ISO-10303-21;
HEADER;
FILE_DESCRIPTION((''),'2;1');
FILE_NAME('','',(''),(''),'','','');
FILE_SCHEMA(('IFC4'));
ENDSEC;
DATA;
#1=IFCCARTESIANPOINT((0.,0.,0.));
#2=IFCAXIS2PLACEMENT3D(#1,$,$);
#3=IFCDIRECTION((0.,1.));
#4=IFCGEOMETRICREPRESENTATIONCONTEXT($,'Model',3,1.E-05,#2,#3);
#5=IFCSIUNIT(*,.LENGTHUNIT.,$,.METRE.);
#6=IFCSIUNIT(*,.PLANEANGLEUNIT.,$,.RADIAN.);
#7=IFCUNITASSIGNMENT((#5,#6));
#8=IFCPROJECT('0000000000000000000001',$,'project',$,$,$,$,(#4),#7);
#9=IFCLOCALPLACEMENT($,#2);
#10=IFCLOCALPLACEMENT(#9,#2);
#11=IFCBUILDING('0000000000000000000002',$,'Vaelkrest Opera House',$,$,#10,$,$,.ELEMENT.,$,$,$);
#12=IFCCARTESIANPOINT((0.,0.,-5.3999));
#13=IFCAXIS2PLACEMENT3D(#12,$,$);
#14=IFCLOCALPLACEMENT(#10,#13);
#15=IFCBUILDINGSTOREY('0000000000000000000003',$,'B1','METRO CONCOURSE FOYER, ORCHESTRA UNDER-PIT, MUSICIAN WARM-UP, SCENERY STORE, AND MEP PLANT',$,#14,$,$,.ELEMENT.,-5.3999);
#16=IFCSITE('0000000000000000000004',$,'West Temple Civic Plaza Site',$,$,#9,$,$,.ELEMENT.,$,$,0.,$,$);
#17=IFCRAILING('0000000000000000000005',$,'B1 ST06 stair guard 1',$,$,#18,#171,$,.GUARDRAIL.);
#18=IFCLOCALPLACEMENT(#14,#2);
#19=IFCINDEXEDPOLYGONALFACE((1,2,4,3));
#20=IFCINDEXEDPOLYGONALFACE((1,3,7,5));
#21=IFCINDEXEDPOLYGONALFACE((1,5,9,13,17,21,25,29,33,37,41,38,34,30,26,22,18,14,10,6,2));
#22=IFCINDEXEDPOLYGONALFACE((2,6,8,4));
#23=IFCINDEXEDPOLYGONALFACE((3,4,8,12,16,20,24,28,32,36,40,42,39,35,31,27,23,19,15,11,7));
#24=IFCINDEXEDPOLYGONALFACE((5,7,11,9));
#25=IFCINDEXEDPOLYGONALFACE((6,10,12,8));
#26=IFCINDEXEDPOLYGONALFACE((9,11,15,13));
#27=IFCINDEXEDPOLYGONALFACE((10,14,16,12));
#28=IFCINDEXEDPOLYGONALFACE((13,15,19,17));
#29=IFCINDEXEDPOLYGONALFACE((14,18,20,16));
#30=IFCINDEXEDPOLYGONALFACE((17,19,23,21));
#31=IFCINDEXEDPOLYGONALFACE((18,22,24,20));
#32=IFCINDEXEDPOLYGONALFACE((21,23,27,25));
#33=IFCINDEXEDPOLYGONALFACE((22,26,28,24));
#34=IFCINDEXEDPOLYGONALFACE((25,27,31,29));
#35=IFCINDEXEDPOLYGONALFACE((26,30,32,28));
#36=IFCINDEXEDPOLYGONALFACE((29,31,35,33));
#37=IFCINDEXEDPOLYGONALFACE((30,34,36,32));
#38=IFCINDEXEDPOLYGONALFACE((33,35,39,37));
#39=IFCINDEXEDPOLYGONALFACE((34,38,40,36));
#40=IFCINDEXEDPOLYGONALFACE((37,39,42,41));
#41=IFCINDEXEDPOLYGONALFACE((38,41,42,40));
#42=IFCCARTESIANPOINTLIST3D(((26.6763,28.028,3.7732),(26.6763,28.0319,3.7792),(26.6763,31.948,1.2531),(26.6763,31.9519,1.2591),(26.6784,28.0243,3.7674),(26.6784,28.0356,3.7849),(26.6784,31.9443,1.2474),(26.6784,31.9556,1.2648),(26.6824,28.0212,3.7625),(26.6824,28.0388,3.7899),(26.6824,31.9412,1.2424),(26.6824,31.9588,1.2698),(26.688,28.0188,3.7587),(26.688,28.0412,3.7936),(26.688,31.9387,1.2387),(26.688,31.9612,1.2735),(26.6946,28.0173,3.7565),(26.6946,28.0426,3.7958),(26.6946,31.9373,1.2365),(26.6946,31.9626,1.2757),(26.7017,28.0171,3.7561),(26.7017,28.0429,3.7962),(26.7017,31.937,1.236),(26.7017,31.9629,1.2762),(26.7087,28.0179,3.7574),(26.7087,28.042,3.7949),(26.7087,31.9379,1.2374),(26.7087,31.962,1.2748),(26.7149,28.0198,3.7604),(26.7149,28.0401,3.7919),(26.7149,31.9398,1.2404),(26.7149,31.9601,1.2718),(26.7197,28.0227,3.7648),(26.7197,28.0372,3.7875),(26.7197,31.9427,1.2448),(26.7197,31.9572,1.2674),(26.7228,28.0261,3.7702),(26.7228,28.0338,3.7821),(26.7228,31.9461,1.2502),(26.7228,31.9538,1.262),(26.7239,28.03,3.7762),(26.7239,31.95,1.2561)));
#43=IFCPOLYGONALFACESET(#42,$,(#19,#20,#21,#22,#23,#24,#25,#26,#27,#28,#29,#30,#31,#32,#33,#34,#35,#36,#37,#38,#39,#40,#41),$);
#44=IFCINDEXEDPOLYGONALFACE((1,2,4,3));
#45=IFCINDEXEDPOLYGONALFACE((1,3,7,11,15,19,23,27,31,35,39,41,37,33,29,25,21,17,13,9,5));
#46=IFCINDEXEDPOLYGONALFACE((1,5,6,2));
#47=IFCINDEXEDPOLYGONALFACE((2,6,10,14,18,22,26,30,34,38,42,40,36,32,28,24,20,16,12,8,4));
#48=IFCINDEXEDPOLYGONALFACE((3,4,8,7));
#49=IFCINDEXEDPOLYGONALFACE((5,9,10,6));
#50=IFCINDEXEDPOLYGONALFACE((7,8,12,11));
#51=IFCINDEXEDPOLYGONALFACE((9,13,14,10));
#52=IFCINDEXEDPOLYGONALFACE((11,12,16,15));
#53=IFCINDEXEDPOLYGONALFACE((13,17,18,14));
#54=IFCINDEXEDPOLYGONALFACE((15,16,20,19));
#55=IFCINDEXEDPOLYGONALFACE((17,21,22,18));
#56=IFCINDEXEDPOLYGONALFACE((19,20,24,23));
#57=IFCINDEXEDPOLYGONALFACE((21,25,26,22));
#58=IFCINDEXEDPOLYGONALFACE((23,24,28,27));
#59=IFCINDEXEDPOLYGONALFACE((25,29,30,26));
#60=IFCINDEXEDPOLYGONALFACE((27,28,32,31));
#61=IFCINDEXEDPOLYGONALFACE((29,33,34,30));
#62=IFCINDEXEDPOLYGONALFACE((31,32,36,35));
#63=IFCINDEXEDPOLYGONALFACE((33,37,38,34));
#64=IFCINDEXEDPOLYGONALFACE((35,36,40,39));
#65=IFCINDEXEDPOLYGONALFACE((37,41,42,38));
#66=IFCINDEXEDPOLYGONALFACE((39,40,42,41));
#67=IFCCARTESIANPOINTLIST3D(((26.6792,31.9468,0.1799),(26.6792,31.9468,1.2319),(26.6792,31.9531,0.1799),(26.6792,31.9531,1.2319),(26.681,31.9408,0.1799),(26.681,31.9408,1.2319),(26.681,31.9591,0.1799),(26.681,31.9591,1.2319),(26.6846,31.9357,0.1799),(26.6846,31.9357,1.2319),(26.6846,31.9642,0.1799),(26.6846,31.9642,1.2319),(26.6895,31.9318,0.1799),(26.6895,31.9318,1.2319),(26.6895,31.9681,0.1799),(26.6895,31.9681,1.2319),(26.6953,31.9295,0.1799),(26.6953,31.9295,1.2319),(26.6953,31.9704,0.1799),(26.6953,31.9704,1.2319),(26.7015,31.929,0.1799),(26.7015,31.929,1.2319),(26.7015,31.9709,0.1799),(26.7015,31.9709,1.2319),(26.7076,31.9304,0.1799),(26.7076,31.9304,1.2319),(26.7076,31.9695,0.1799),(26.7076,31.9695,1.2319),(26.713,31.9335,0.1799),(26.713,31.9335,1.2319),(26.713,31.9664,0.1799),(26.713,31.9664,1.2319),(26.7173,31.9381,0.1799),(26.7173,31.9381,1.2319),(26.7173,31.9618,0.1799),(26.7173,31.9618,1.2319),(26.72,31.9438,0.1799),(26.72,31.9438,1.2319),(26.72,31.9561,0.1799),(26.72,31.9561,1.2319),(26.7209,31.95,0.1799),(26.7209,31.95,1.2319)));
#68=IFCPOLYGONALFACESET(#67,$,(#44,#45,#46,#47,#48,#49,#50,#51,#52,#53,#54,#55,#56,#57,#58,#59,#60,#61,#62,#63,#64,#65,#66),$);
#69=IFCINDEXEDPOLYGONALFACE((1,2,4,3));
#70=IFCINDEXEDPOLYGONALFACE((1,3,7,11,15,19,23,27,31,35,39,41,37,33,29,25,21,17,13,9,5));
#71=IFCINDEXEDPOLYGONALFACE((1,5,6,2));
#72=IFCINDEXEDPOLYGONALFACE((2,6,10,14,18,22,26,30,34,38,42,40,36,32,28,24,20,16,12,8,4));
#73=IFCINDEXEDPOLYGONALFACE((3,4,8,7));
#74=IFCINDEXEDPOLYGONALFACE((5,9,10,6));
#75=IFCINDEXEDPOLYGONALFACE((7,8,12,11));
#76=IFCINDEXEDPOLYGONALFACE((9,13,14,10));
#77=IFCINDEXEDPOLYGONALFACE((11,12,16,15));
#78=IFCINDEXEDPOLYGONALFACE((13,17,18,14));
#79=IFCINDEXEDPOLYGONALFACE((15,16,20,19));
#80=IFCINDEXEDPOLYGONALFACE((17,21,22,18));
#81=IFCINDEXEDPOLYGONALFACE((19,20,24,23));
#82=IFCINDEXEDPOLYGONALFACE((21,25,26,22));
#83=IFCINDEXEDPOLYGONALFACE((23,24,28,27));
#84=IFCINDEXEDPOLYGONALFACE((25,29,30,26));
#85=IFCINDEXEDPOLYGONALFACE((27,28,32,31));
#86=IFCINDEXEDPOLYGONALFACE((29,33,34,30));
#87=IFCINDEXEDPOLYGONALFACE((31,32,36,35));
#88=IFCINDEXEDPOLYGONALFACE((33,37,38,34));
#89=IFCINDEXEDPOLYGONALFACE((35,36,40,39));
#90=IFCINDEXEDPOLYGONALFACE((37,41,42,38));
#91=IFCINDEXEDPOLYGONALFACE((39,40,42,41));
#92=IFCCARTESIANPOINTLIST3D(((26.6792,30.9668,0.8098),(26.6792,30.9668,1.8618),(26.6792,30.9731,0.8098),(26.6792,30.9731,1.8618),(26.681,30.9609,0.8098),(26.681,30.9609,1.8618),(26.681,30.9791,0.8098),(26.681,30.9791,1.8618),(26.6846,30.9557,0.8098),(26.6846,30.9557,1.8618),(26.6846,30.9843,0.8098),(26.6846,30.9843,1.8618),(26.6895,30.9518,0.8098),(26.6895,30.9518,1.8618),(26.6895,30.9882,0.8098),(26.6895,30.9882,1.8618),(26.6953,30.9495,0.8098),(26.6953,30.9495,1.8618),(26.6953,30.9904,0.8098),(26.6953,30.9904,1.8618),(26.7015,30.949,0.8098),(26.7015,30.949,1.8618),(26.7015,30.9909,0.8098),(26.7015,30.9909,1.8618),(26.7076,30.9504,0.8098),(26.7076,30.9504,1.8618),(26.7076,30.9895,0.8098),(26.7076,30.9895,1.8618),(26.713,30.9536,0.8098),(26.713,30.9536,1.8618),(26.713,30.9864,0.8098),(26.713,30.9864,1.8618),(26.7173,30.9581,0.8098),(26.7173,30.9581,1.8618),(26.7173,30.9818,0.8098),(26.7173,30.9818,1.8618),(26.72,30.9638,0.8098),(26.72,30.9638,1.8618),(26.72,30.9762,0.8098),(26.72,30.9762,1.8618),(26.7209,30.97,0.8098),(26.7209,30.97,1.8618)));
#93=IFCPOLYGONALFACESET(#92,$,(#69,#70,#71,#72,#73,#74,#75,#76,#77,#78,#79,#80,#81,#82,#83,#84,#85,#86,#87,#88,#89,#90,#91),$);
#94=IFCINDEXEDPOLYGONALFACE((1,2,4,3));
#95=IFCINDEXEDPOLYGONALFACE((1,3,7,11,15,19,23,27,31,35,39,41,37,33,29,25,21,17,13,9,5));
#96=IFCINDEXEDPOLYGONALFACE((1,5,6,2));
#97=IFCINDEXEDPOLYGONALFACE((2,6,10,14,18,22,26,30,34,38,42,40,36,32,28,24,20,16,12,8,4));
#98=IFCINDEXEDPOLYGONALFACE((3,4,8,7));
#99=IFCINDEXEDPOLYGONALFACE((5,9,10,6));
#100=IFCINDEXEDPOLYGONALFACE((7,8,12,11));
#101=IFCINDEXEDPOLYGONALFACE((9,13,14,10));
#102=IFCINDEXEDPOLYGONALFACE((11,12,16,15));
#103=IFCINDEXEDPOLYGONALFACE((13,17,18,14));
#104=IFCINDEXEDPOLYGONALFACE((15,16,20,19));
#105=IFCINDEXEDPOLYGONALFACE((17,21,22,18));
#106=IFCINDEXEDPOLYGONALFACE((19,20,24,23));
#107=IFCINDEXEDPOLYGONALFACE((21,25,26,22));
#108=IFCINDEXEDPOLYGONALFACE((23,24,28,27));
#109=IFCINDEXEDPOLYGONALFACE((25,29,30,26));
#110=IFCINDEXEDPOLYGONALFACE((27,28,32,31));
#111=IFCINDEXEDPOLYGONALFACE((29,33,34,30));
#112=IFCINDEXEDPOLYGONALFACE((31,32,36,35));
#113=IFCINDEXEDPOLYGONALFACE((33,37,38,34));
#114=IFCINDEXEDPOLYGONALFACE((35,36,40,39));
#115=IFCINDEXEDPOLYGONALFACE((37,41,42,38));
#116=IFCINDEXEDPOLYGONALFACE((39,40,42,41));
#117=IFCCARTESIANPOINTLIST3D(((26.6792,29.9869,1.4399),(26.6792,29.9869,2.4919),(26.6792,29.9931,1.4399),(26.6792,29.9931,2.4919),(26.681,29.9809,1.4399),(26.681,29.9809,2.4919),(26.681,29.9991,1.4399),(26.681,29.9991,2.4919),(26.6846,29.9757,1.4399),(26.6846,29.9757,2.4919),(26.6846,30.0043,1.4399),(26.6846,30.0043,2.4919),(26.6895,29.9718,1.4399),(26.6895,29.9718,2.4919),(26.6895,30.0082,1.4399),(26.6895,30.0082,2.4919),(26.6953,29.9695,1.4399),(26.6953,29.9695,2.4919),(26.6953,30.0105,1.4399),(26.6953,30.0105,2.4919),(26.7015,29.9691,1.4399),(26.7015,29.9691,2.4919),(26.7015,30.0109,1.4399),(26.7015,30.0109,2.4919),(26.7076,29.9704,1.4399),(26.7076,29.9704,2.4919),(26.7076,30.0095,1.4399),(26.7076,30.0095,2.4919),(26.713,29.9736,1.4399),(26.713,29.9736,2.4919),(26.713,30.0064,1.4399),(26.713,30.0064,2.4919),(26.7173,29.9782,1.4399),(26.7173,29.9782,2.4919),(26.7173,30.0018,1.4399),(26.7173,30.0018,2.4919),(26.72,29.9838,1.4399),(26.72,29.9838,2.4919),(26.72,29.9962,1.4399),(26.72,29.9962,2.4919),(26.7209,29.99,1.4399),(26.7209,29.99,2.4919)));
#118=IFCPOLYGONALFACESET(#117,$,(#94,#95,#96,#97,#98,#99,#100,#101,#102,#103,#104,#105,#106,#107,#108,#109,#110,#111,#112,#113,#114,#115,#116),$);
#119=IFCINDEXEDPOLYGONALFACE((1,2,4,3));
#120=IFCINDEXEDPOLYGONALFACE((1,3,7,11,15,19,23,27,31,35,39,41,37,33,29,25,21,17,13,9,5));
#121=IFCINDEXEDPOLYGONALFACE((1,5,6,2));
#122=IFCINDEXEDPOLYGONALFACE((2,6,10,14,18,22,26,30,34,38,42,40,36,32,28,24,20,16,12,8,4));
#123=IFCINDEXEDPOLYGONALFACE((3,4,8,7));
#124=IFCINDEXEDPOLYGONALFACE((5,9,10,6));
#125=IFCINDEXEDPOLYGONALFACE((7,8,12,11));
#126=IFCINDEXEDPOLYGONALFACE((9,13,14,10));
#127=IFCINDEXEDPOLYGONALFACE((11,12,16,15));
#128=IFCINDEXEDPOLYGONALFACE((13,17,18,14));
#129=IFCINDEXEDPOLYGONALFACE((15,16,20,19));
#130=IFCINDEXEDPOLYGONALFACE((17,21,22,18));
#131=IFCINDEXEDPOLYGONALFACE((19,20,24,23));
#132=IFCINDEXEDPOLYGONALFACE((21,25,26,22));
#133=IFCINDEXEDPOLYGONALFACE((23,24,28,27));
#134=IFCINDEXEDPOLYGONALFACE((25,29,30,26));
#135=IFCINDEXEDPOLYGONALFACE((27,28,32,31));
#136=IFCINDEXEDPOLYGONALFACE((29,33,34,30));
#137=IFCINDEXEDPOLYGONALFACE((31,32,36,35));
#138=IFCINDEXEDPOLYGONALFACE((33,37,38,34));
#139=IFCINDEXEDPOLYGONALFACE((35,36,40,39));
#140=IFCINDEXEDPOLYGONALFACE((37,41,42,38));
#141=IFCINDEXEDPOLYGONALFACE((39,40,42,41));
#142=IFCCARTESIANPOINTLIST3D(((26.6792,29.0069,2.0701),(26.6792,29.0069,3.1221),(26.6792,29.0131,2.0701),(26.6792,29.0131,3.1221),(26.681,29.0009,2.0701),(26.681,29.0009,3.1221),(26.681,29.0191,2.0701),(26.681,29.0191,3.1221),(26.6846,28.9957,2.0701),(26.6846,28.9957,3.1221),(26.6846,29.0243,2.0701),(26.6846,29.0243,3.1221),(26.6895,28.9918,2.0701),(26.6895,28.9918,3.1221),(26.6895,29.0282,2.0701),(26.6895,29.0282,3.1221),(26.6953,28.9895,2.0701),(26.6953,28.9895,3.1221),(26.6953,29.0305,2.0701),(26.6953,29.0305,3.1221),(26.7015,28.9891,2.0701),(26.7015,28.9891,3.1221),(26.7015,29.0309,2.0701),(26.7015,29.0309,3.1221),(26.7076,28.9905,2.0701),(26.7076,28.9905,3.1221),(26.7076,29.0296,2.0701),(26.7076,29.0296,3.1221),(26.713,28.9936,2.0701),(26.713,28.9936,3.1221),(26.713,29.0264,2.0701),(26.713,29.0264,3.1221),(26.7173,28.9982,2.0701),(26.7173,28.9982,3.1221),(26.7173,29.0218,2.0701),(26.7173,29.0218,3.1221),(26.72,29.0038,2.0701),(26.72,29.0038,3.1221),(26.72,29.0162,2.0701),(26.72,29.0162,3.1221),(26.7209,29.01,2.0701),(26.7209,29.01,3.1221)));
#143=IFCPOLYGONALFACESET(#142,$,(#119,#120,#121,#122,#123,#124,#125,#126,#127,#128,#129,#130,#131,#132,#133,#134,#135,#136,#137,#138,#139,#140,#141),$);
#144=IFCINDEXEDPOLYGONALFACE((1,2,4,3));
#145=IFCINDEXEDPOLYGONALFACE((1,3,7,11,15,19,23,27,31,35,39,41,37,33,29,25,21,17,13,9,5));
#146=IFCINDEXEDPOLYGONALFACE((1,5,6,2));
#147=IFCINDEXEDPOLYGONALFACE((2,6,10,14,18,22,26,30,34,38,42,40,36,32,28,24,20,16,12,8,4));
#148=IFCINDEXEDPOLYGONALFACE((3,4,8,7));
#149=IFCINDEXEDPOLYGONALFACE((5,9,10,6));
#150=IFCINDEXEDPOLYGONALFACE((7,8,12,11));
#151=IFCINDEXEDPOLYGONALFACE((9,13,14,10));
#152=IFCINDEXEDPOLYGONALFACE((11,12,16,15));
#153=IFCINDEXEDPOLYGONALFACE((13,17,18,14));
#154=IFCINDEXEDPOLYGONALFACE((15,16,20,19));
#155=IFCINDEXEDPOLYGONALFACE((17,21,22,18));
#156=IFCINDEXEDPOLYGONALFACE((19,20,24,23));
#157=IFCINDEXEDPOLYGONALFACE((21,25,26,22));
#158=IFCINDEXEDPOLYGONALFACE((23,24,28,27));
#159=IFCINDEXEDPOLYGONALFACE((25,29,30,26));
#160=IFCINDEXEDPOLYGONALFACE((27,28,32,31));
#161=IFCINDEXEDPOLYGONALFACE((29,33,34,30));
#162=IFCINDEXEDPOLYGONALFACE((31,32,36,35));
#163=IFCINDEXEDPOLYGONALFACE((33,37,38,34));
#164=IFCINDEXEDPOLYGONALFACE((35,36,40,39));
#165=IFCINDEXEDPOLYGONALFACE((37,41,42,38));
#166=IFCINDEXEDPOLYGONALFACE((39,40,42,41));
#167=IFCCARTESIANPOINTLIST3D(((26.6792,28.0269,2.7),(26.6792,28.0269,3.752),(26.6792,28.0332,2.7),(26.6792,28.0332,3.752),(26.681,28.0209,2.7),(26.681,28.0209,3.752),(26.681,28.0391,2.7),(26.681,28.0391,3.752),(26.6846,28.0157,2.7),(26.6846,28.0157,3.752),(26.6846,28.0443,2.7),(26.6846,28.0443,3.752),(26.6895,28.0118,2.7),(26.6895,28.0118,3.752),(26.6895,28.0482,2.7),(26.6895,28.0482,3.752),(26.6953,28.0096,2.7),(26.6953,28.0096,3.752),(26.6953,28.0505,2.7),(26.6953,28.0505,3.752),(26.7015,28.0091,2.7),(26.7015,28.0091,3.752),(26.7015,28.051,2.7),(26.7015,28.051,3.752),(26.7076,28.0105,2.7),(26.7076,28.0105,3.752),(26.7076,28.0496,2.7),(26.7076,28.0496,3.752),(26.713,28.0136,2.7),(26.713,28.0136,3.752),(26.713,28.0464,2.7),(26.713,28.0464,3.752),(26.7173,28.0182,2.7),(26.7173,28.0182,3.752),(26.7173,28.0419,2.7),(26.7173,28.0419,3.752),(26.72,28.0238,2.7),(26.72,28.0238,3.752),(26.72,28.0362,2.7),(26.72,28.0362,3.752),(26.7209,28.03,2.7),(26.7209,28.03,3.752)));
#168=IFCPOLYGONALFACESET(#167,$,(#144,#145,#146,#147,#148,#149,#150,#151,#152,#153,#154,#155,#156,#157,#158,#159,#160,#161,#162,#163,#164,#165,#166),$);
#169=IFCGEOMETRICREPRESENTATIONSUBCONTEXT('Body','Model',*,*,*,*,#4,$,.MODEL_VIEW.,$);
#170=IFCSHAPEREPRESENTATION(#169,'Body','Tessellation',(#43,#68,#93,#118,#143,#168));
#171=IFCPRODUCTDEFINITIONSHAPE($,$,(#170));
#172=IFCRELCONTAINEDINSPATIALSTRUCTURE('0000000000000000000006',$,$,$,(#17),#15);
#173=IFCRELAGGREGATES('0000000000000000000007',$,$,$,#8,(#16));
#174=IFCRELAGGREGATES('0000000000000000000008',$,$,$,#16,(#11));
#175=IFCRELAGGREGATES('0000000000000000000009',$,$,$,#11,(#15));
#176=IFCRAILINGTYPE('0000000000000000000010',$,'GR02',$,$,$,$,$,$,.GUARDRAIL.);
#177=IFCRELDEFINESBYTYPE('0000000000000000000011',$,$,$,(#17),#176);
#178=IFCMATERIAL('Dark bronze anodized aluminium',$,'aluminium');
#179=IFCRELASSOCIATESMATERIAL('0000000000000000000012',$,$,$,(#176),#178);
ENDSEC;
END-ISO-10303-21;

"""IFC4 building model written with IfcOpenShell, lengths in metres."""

from ifc_helpers import new_model, si_unit, direction, frame, origin, origin_2d, place, context, subcontext, project, spatial, circle, extrude, material, type_object, element, save


model = new_model("IFC4")

# Units and contexts
model_context = context("Model", 3, precision=1e-05, world=origin(), true_north=direction((0.0, 1.0)))
body_context = subcontext(model_context, "Body", "Model", "MODEL_VIEW")
ifc_project = project(units=[si_unit("LENGTHUNIT", "METRE"), si_unit("PLANEANGLEUNIT", "RADIAN")], contexts=[model_context])

# Site, building, storey
site_placement = place(None, origin())
site = spatial("IfcSite", under=ifc_project, at=site_placement, Name="West Temple Civic Plaza Site", CompositionType="ELEMENT", RefElevation=0.0)
building_placement = place(site_placement, origin())
building = spatial("IfcBuilding", under=site, at=building_placement, Name="Vaelkrest Opera House", CompositionType="ELEMENT")
storey_placement = place(building_placement, frame((0.0, 0.0, -5.3999)))
storey = spatial("IfcBuildingStorey", under=building, at=storey_placement, Name="B1", Description="METRO CONCOURSE FOYER, ORCHESTRA UNDER-PIT, MUSICIAN WARM-UP, SCENERY STORE, AND MEP PLANT", CompositionType="ELEMENT", Elevation=-5.3999)

# Railing
ifc_material_1 = material(Name="Dark bronze anodized aluminium", Category="aluminium")
railing_type_1 = type_object("IfcRailingType", Name="GR02", PredefinedType="GUARDRAIL", material=ifc_material_1)
railing_1_placement = place(storey_placement, frame((26.7, 31.95, 0.1799)))
element("IfcRailing", 1, at=railing_1_placement, inside=storey, type_object=railing_type_1, Name="B1 ST06 stair guard 1", PredefinedType="GUARDRAIL", context=body_context, shape_type="SweptSolid", body=[
    extrude(circle(Radius=0.0239, at=origin_2d()), frame((0.0, 0.0, 1.0762), z_axis=(0.0, -0.841172, 0.540768), x_axis=(1.0, 0.0, 0.0)), (0.0, 0.0, 1.0), 4.6602),
    extrude(circle(Radius=0.021, at=origin_2d()), origin(), (0.0, 0.0, 1.0), 1.052),
    extrude(circle(Radius=0.021, at=origin_2d()), frame((0.0, -0.98, 0.6299)), (0.0, 0.0, 1.0), 1.052),
    extrude(circle(Radius=0.021, at=origin_2d()), frame((0.0, -1.96, 1.26)), (0.0, 0.0, 1.0), 1.052),
    extrude(circle(Radius=0.021, at=origin_2d()), frame((0.0, -2.9399, 1.8901)), (0.0, 0.0, 1.0), 1.052),
    extrude(circle(Radius=0.021, at=origin_2d()), frame((0.0, -3.9199, 2.52)), (0.0, 0.0, 1.0), 1.052),
])

save(model, "model.ifc")
